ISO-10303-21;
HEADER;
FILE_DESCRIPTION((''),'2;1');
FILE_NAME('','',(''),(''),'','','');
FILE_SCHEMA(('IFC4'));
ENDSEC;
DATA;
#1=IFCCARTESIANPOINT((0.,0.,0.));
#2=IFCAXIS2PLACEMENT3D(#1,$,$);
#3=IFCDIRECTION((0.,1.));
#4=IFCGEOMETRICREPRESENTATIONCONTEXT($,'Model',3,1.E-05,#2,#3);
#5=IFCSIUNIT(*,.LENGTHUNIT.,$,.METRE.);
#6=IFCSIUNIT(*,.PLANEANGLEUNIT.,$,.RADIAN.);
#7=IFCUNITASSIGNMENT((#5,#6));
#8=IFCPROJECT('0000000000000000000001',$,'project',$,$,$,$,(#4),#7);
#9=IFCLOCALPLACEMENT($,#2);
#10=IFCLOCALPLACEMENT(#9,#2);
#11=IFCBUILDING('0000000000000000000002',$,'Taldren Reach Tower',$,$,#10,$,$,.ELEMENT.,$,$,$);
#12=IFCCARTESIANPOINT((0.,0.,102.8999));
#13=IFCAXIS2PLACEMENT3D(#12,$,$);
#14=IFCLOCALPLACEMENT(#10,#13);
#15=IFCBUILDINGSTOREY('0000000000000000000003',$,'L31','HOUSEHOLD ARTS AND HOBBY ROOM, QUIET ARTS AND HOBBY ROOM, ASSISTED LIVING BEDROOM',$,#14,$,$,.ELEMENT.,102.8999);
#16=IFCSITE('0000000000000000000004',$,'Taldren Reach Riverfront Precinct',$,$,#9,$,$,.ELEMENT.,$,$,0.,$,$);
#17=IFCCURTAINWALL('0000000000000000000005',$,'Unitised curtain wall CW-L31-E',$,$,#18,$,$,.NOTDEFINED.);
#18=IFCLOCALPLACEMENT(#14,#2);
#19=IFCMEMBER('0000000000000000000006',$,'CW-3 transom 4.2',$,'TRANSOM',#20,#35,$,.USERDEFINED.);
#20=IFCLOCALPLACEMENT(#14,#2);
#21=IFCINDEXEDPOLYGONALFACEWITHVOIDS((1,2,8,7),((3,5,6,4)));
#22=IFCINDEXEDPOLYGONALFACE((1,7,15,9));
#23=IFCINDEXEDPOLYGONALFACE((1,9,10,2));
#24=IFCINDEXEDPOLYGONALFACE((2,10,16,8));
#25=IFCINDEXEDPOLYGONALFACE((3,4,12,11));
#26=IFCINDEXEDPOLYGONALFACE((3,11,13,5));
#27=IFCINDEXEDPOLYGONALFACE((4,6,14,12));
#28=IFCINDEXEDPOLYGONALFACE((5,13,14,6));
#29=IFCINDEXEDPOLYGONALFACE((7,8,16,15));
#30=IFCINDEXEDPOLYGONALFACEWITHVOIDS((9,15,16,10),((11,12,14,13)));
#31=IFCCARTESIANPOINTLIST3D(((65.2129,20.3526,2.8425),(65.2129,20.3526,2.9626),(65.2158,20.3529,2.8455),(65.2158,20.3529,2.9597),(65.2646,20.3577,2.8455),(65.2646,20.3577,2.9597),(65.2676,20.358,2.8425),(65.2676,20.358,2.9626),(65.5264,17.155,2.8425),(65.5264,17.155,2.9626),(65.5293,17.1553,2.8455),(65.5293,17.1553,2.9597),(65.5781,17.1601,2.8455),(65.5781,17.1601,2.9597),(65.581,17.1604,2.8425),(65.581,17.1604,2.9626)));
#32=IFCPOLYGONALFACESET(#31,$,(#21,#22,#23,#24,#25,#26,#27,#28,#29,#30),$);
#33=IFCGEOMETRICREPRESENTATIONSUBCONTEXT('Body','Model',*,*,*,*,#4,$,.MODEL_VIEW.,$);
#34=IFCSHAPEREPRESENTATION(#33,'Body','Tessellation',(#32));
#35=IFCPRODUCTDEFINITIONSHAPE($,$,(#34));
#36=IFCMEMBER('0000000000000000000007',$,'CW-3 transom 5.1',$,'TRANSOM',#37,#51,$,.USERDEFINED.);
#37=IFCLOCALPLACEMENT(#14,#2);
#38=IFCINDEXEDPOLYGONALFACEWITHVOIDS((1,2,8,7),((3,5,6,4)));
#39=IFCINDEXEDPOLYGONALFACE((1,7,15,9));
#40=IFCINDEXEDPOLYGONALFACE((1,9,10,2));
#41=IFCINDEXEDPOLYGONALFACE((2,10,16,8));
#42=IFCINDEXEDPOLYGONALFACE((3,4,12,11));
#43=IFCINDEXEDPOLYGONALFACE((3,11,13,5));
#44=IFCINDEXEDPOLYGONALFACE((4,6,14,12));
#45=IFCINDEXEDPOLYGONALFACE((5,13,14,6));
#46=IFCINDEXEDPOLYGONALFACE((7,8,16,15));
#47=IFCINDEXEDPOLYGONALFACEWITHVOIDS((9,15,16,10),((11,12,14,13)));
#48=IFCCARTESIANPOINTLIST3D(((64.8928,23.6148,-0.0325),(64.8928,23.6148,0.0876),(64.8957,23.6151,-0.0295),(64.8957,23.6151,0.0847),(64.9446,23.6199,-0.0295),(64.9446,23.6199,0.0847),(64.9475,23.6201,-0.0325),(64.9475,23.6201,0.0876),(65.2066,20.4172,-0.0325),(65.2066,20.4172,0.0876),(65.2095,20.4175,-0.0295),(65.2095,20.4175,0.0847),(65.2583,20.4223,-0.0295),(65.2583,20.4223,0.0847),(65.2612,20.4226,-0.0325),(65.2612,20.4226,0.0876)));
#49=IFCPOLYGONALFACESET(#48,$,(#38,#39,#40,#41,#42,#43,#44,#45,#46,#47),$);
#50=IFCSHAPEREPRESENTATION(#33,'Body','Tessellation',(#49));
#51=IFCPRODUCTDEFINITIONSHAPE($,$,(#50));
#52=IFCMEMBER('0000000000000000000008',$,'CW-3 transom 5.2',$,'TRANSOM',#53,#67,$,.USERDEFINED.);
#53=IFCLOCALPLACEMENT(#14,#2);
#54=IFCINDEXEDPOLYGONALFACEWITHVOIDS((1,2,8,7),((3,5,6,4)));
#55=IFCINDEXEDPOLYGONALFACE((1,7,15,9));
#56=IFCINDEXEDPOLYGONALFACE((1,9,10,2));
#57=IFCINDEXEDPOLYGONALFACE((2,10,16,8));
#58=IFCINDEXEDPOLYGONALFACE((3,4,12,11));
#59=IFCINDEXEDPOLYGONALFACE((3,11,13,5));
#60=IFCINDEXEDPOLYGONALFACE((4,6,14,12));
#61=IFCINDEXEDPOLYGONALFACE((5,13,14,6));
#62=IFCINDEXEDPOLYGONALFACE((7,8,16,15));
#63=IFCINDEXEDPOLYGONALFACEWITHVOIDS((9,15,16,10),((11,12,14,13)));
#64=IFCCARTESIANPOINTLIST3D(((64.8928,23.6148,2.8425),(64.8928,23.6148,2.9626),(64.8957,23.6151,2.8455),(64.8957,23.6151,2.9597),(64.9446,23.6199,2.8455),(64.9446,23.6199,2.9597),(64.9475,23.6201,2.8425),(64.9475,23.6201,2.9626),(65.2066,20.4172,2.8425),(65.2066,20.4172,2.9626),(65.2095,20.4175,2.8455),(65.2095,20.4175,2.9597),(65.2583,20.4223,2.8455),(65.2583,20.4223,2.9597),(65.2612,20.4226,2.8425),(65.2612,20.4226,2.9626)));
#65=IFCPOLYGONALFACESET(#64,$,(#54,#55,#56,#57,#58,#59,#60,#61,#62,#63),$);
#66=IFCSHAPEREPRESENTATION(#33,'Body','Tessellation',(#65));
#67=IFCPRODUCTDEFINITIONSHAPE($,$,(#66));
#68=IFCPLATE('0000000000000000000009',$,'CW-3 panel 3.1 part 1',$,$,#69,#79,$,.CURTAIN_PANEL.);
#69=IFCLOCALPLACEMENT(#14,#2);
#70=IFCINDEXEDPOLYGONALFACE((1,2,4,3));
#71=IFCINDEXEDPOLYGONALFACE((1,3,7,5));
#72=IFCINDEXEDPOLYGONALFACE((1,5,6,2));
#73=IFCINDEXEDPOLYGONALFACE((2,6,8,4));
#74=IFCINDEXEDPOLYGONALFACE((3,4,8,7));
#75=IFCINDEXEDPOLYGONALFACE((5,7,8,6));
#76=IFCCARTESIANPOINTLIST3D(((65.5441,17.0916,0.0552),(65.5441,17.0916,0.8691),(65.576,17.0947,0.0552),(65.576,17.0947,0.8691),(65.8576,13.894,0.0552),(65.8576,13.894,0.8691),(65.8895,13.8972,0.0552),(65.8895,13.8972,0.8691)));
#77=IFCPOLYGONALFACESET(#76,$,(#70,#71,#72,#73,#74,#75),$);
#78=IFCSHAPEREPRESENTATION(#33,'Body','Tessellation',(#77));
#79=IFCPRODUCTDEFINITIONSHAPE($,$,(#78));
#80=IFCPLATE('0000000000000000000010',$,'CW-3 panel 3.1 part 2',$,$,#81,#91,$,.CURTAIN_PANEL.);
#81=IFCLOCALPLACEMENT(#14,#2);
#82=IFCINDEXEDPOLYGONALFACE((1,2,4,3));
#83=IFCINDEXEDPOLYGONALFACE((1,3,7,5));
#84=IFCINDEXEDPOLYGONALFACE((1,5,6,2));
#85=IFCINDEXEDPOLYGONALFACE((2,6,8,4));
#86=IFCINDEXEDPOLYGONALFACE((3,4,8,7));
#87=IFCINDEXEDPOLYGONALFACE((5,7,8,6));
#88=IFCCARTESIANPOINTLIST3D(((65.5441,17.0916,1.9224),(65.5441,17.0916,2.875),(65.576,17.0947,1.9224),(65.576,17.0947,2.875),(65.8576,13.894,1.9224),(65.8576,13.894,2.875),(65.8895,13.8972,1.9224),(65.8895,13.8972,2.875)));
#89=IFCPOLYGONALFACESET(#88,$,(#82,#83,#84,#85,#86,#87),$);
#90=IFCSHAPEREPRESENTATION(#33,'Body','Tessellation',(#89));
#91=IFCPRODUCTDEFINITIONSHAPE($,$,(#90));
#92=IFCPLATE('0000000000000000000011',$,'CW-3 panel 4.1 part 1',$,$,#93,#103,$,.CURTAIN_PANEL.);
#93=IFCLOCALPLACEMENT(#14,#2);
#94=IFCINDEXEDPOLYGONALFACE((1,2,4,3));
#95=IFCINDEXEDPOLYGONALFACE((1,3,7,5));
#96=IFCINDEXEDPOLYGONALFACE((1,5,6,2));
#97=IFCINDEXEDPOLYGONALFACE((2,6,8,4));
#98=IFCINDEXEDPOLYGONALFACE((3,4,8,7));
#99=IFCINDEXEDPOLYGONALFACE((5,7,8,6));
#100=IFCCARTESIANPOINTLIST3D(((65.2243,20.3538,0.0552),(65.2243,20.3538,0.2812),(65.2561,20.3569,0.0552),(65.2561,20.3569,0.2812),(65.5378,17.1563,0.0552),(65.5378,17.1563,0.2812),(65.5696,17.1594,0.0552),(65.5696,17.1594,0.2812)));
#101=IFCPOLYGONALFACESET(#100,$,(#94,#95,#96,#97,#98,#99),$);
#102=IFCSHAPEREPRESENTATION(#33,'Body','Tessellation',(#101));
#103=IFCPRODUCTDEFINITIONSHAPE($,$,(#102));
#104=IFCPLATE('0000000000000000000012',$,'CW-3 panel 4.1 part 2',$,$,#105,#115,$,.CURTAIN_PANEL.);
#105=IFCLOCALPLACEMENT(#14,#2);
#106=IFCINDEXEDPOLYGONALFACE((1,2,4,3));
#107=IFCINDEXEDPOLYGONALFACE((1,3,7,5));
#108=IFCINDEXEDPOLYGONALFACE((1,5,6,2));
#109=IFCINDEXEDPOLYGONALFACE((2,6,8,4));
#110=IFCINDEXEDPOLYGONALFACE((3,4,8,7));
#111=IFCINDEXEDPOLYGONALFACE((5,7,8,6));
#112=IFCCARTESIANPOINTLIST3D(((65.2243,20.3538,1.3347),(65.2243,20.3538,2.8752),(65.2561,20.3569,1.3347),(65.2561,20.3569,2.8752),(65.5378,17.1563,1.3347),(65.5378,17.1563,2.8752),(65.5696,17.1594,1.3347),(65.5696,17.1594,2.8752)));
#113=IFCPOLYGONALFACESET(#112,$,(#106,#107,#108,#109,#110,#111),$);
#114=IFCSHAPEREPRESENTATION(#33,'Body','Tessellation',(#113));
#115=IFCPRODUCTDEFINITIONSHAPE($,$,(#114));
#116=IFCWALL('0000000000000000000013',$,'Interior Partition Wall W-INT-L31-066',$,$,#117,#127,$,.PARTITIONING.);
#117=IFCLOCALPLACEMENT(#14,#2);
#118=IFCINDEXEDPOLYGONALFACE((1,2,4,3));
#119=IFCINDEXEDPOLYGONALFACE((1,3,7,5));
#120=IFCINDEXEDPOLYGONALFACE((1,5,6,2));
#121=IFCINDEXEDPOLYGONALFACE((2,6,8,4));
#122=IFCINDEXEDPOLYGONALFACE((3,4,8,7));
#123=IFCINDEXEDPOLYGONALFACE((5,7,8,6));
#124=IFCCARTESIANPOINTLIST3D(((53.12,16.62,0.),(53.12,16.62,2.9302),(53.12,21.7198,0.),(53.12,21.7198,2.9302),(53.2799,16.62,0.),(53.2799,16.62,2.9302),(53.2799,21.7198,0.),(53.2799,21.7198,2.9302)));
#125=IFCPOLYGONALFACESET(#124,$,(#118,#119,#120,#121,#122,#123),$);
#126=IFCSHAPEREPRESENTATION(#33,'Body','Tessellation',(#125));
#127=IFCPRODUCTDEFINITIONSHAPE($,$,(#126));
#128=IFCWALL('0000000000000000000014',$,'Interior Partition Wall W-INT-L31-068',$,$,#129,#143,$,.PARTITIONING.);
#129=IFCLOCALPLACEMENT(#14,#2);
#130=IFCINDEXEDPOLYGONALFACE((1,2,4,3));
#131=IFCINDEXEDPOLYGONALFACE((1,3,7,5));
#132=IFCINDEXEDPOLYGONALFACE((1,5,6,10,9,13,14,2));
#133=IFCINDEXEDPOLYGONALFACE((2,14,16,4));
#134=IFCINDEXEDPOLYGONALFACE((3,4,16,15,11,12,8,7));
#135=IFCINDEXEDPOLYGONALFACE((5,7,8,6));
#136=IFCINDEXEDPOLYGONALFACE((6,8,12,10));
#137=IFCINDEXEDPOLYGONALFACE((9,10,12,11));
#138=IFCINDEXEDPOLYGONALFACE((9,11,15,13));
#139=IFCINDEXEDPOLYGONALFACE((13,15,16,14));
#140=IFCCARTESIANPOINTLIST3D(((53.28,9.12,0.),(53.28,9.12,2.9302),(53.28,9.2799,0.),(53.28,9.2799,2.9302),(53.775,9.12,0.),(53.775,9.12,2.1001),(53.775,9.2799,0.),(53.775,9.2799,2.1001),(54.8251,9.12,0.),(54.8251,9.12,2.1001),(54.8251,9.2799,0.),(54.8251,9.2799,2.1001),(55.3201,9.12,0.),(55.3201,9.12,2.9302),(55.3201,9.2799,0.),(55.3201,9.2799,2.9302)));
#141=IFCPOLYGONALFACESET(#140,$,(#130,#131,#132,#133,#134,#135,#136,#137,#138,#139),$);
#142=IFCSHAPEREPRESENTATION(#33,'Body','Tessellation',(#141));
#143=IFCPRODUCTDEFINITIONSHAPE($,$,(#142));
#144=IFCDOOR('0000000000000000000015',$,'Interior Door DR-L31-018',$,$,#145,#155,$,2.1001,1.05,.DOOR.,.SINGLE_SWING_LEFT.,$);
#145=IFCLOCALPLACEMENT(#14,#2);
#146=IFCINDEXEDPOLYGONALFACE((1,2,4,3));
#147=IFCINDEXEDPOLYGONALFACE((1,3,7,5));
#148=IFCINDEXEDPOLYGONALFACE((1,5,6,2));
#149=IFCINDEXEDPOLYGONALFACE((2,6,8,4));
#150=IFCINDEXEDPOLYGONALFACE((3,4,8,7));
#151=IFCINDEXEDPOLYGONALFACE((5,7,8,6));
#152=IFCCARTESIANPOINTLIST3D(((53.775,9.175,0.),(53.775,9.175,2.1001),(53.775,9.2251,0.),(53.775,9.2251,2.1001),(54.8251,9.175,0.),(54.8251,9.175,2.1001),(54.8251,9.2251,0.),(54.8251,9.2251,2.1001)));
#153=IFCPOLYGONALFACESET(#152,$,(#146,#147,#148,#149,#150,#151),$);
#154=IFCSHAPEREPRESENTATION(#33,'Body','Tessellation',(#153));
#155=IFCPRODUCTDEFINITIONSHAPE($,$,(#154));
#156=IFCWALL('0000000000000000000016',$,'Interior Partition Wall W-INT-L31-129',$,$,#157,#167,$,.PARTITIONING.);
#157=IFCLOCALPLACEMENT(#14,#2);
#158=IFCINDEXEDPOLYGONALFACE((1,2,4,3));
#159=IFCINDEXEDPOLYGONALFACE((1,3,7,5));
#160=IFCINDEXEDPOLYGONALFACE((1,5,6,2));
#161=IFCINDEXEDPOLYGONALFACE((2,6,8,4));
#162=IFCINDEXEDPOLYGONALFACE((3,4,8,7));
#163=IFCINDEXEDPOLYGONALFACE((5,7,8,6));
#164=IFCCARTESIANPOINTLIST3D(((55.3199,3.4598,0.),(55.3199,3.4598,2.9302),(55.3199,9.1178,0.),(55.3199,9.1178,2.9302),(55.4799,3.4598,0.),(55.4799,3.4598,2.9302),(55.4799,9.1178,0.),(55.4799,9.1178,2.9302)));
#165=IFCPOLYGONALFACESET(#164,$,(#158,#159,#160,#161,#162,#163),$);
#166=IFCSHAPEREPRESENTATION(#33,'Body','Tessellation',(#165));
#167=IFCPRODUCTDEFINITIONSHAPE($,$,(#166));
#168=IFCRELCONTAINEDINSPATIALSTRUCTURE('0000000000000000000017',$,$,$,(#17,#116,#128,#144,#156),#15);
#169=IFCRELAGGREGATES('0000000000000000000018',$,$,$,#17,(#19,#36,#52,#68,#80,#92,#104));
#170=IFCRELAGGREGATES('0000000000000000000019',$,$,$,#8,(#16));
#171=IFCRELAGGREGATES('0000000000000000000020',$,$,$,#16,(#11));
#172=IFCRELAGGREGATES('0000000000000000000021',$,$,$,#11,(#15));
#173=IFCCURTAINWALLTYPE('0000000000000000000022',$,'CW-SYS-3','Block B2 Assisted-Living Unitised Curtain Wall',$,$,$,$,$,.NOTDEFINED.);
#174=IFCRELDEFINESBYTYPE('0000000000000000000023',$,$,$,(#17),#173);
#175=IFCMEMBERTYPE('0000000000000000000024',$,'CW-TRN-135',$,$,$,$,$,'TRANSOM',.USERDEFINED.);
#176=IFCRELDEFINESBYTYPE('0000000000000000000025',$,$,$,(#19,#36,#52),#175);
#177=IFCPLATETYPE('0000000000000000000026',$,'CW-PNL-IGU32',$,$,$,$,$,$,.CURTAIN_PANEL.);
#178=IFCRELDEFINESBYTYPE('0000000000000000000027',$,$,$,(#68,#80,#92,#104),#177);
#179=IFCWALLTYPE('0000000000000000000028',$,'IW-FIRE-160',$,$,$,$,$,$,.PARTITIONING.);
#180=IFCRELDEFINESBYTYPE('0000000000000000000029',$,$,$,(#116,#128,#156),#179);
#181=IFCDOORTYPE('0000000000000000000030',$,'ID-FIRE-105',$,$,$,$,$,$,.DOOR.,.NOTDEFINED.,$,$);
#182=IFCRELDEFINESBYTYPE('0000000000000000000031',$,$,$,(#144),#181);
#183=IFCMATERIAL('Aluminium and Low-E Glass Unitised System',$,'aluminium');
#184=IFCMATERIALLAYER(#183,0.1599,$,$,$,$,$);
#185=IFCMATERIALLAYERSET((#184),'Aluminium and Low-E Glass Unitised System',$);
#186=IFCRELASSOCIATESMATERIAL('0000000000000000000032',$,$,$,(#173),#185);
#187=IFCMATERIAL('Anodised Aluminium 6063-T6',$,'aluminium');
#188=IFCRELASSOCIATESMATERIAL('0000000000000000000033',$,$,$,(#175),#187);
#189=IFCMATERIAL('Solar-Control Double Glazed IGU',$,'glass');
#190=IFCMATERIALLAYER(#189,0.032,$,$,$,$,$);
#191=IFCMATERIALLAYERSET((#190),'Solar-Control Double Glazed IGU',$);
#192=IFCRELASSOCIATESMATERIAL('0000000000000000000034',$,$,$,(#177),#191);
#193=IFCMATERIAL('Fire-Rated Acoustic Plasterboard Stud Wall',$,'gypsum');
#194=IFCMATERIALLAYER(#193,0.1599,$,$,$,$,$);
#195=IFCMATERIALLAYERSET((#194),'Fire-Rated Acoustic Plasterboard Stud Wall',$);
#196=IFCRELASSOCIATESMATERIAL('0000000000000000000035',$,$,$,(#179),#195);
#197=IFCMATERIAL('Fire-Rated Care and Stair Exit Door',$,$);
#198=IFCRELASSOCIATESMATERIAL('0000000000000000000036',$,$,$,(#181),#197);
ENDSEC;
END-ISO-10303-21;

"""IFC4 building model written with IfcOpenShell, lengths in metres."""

from ifc_helpers import new_model, si_unit, direction, frame, frame_2d, origin, origin_2d, place, context, subcontext, project, spatial, rectangle, hollow_rectangle, extrude, source, transform, mapped, material, layer, layer_set, material_profile, profile_set, type_object, element, fill, aggregate, save


model = new_model("IFC4")

# Units and contexts
model_context = context("Model", 3, precision=1e-05, world=origin(), true_north=direction((0.0, 1.0)))
body_context = subcontext(model_context, "Body", "Model", "MODEL_VIEW")
ifc_project = project(units=[si_unit("LENGTHUNIT", "METRE"), si_unit("PLANEANGLEUNIT", "RADIAN")], contexts=[model_context])

# Site, building, storey
site_placement = place(None, origin())
site = spatial("IfcSite", under=ifc_project, at=site_placement, Name="Taldren Reach Riverfront Precinct", CompositionType="ELEMENT", RefElevation=0.0)
building_placement = place(site_placement, origin())
building = spatial("IfcBuilding", under=site, at=building_placement, Name="Taldren Reach Tower", CompositionType="ELEMENT")
storey_placement = place(building_placement, frame((0.0, 0.0, 102.8999)))
storey = spatial("IfcBuildingStorey", under=building, at=storey_placement, Name="L31", Description="HOUSEHOLD ARTS AND HOBBY ROOM, QUIET ARTS AND HOBBY ROOM, ASSISTED LIVING BEDROOM", CompositionType="ELEMENT", Elevation=102.8999)

# Curtain wall, members, plates
ifc_material_1 = material(Name="Aluminium and Low-E Glass Unitised System", Category="aluminium")
ifc_layer_1 = layer(ifc_material_1, 0.1599)
ifc_layer_set_1 = layer_set([ifc_layer_1], Name="Aluminium and Low-E Glass Unitised System")
curtain_wall_type = type_object("IfcCurtainWallType", Name="CW-SYS-3", Description="Block B2 Assisted-Living Unitised Curtain Wall", PredefinedType="NOTDEFINED", material=ifc_layer_set_1)
curtain_wall_placement = place(storey_placement, origin())
curtain_wall = element("IfcCurtainWall", 1, at=curtain_wall_placement, inside=storey, type_object=curtain_wall_type, Name="Unitised curtain wall CW-L31-E", PredefinedType="NOTDEFINED")
ifc_material_2 = material(Name="Anodised Aluminium 6063-T6", Category="aluminium")
ifc_material_profile_1 = material_profile(ifc_material_2, hollow_rectangle(XDim=0.0549, YDim=0.1201, WallThickness=0.0029, at=origin_2d()), Name="ALU-120x55x3RHS")
ifc_profile_set_1 = profile_set([ifc_material_profile_1], Name="Anodised Aluminium 6063-T6")
member_type_1 = type_object("IfcMemberType", Name="CW-TRN-135", ElementType="TRANSOM", PredefinedType="USERDEFINED", material=ifc_profile_set_1)
shared_shape_1 = source(origin(), body_context, "Body", "SweptSolid", [
    extrude(hollow_rectangle(XDim=0.0549, YDim=0.1201, WallThickness=0.0029, at=origin_2d()), origin(), (0.0, 0.0, 1.0), 3.2129),
])
member_1_placement = place(storey_placement, frame((65.5537, 17.1577, 2.9026), z_axis=(-0.09757, 0.995229, 0.0), x_axis=(-0.995229, -0.09757, 0.0)))
member_1 = element("IfcMember", 2, at=member_1_placement, type_object=member_type_1, Name="CW-3 transom 4.2", ObjectType="TRANSOM", PredefinedType="USERDEFINED", context=body_context, shape_type="MappedRepresentation", body=[
    mapped(shared_shape_1, transform((0.0, 0.0, 0.0), scale=1.0)),
])
member_2_placement = place(storey_placement, frame((65.2339, 20.4199, 0.0276), z_axis=(-0.097645, 0.995221, 0.0), x_axis=(-0.995221, -0.097645, 0.0)))
member_2 = element("IfcMember", 3, at=member_2_placement, type_object=member_type_1, Name="CW-3 transom 5.1", ObjectType="TRANSOM", PredefinedType="USERDEFINED", context=body_context, shape_type="MappedRepresentation", body=[
    mapped(shared_shape_1, transform((0.0, 0.0, 0.0), scale=1.0)),
])
member_3_placement = place(storey_placement, frame((65.2339, 20.4199, 2.9026), z_axis=(-0.097645, 0.995221, 0.0), x_axis=(-0.995221, -0.097645, 0.0)))
member_3 = element("IfcMember", 4, at=member_3_placement, type_object=member_type_1, Name="CW-3 transom 5.2", ObjectType="TRANSOM", PredefinedType="USERDEFINED", context=body_context, shape_type="MappedRepresentation", body=[
    mapped(shared_shape_1, transform((0.0, 0.0, 0.0), scale=1.0)),
])
ifc_material_3 = material(Name="Solar-Control Double Glazed IGU", Category="glass")
ifc_layer_2 = layer(ifc_material_3, 0.032)
ifc_layer_set_2 = layer_set([ifc_layer_2], Name="Solar-Control Double Glazed IGU")
plate_type = type_object("IfcPlateType", Name="CW-PNL-IGU32", PredefinedType="CURTAIN_PANEL", material=ifc_layer_set_2)
shared_shape_2 = source(origin(), body_context, "Body", "SweptSolid", [
    extrude(rectangle(XDim=3.2129, YDim=0.032, at=origin_2d()), origin(), (0.0, 0.0, 1.0), 0.814),
])
plate_1_placement = place(storey_placement, frame((65.7168, 15.4944, 0.0552), z_axis=(0.0, 0.0, 1.0), x_axis=(-0.097583, 0.995227, 0.0)))
plate_1 = element("IfcPlate", 5, at=plate_1_placement, type_object=plate_type, Name="CW-3 panel 3.1 part 1", PredefinedType="CURTAIN_PANEL", context=body_context, shape_type="MappedRepresentation", body=[
    mapped(shared_shape_2, transform((0.0, 0.0, 0.0), scale=1.0)),
])
shared_shape_3 = source(origin(), body_context, "Body", "SweptSolid", [
    extrude(rectangle(XDim=3.2129, YDim=0.032, at=origin_2d()), origin(), (0.0, 0.0, 1.0), 0.9526),
])
plate_2_placement = place(storey_placement, frame((65.7168, 15.4944, 1.9224), z_axis=(0.0, 0.0, 1.0), x_axis=(-0.097583, 0.995227, 0.0)))
plate_2 = element("IfcPlate", 6, at=plate_2_placement, type_object=plate_type, Name="CW-3 panel 3.1 part 2", PredefinedType="CURTAIN_PANEL", context=body_context, shape_type="MappedRepresentation", body=[
    mapped(shared_shape_3, transform((0.0, 0.0, 0.0), scale=1.0)),
])
shared_shape_4 = source(origin(), body_context, "Body", "SweptSolid", [
    extrude(rectangle(XDim=3.2129, YDim=0.032, at=origin_2d()), origin(), (0.0, 0.0, 1.0), 0.2261),
])
plate_3_placement = place(storey_placement, frame((65.397, 18.7566, 0.0552), z_axis=(0.0, 0.0, 1.0), x_axis=(-0.097583, 0.995227, 0.0)))
plate_3 = element("IfcPlate", 7, at=plate_3_placement, type_object=plate_type, Name="CW-3 panel 4.1 part 1", PredefinedType="CURTAIN_PANEL", context=body_context, shape_type="MappedRepresentation", body=[
    mapped(shared_shape_4, transform((0.0, 0.0, 0.0), scale=1.0)),
])
shared_shape_5 = source(origin(), body_context, "Body", "SweptSolid", [
    extrude(rectangle(XDim=3.2129, YDim=0.032, at=origin_2d()), origin(), (0.0, 0.0, 1.0), 1.5405),
])
plate_4_placement = place(storey_placement, frame((65.397, 18.7566, 1.3347), z_axis=(0.0, 0.0, 1.0), x_axis=(-0.097583, 0.995227, 0.0)))
plate_4 = element("IfcPlate", 8, at=plate_4_placement, type_object=plate_type, Name="CW-3 panel 4.1 part 2", PredefinedType="CURTAIN_PANEL", context=body_context, shape_type="MappedRepresentation", body=[
    mapped(shared_shape_5, transform((0.0, 0.0, 0.0), scale=1.0)),
])
aggregate(curtain_wall, [member_1, member_2, member_3, plate_1, plate_2, plate_3, plate_4])

# Wall
ifc_material_4 = material(Name="Fire-Rated Acoustic Plasterboard Stud Wall", Category="gypsum")
ifc_layer_3 = layer(ifc_material_4, 0.1599)
ifc_layer_set_3 = layer_set([ifc_layer_3], Name="Fire-Rated Acoustic Plasterboard Stud Wall")
wall_type_1 = type_object("IfcWallType", Name="IW-FIRE-160", PredefinedType="PARTITIONING", material=ifc_layer_set_3)
shared_shape_6 = source(origin(), body_context, "Body", "SweptSolid", [
    extrude(rectangle(XDim=5.0999, YDim=0.1599, at=frame_2d((2.5498, 0.0))), origin(), (0.0, 0.0, 1.0), 2.9302),
])
wall_1_placement = place(storey_placement, frame((53.2, 16.6201, 0.0), z_axis=(0.0, 0.0, 1.0), x_axis=(0.0, 1.0, 0.0)))
element("IfcWall", 9, at=wall_1_placement, inside=storey, type_object=wall_type_1, Name="Interior Partition Wall W-INT-L31-066", PredefinedType="PARTITIONING", context=body_context, shape_type="MappedRepresentation", body=[
    mapped(shared_shape_6, transform((0.0, 0.0, 0.0), scale=1.0)),
])

# Wall, opening, door
shared_shape_7 = source(origin(), body_context, "Body", "SweptSolid", [
    extrude(rectangle(XDim=2.04, YDim=0.1599, at=frame_2d((1.02, 0.0))), origin(), (0.0, 0.0, 1.0), 2.9302),
])
wall_2_placement = place(storey_placement, frame((55.3201, 9.2, 0.0), z_axis=(0.0, 0.0, 1.0), x_axis=(-1.0, 0.0, 0.0)))
wall_2 = element("IfcWall", 10, at=wall_2_placement, inside=storey, type_object=wall_type_1, Name="Interior Partition Wall W-INT-L31-068", PredefinedType="PARTITIONING", context=body_context, shape_type="MappedRepresentation", body=[
    mapped(shared_shape_7, transform((0.0, 0.0, 0.0), scale=1.0)),
])
shared_shape_8 = source(origin(), body_context, "Body", "SweptSolid", [
    extrude(rectangle(XDim=1.05, YDim=2.1001, at=frame_2d((0.5249, 1.05))), frame((0.0, 0.0898, 0.0), z_axis=(0.0, -1.0, 0.0), x_axis=(1.0, 0.0, 0.0)), (0.0, 0.0, 1.0), 0.1799),
])
opening_1_placement = place(wall_2_placement, frame((0.4951, 0.0, 0.0)))
opening_1 = element("IfcOpeningElement", 11, at=opening_1_placement, cuts=wall_2, PredefinedType="OPENING", context=body_context, shape_type="MappedRepresentation", body=[
    mapped(shared_shape_8, transform((0.0, 0.0, 0.0), scale=1.0)),
])
ifc_material_5 = material(Name="Fire-Rated Care and Stair Exit Door")
door_type_1 = type_object("IfcDoorType", Name="ID-FIRE-105", OperationType="NOTDEFINED", PredefinedType="DOOR", material=ifc_material_5)
shared_shape_9 = source(origin(), body_context, "Body", "SweptSolid", [
    extrude(rectangle(XDim=1.05, YDim=2.1001, at=frame_2d((0.5249, 1.05))), frame((0.0, 0.0249, 0.0), z_axis=(0.0, -1.0, 0.0), x_axis=(1.0, 0.0, 0.0)), (0.0, 0.0, 1.0), 0.05),
])
door_1_placement = place(opening_1_placement, origin())
door_1 = element("IfcDoor", 12, at=door_1_placement, inside=storey, type_object=door_type_1, Name="Interior Door DR-L31-018", OperationType="SINGLE_SWING_LEFT", OverallHeight=2.1001, OverallWidth=1.05, PredefinedType="DOOR", context=body_context, shape_type="MappedRepresentation", body=[
    mapped(shared_shape_9, transform((0.0, 0.0, 0.0), scale=1.0)),
])
fill(opening_1, door_1)

# Wall
shared_shape_10 = source(origin(), body_context, "Body", "SweptSolid", [
    extrude(rectangle(XDim=5.658, YDim=0.1599, at=frame_2d((2.8291, 0.0))), origin(), (0.0, 0.0, 1.0), 2.9302),
])
wall_3_placement = place(storey_placement, frame((55.3999, 9.1179, 0.0), z_axis=(0.0, 0.0, 1.0), x_axis=(0.0, -1.0, 0.0)))
element("IfcWall", 13, at=wall_3_placement, inside=storey, type_object=wall_type_1, Name="Interior Partition Wall W-INT-L31-129", PredefinedType="PARTITIONING", context=body_context, shape_type="MappedRepresentation", body=[
    mapped(shared_shape_10, transform((0.0, 0.0, 0.0), scale=1.0)),
])

save(model, "model.ifc")
